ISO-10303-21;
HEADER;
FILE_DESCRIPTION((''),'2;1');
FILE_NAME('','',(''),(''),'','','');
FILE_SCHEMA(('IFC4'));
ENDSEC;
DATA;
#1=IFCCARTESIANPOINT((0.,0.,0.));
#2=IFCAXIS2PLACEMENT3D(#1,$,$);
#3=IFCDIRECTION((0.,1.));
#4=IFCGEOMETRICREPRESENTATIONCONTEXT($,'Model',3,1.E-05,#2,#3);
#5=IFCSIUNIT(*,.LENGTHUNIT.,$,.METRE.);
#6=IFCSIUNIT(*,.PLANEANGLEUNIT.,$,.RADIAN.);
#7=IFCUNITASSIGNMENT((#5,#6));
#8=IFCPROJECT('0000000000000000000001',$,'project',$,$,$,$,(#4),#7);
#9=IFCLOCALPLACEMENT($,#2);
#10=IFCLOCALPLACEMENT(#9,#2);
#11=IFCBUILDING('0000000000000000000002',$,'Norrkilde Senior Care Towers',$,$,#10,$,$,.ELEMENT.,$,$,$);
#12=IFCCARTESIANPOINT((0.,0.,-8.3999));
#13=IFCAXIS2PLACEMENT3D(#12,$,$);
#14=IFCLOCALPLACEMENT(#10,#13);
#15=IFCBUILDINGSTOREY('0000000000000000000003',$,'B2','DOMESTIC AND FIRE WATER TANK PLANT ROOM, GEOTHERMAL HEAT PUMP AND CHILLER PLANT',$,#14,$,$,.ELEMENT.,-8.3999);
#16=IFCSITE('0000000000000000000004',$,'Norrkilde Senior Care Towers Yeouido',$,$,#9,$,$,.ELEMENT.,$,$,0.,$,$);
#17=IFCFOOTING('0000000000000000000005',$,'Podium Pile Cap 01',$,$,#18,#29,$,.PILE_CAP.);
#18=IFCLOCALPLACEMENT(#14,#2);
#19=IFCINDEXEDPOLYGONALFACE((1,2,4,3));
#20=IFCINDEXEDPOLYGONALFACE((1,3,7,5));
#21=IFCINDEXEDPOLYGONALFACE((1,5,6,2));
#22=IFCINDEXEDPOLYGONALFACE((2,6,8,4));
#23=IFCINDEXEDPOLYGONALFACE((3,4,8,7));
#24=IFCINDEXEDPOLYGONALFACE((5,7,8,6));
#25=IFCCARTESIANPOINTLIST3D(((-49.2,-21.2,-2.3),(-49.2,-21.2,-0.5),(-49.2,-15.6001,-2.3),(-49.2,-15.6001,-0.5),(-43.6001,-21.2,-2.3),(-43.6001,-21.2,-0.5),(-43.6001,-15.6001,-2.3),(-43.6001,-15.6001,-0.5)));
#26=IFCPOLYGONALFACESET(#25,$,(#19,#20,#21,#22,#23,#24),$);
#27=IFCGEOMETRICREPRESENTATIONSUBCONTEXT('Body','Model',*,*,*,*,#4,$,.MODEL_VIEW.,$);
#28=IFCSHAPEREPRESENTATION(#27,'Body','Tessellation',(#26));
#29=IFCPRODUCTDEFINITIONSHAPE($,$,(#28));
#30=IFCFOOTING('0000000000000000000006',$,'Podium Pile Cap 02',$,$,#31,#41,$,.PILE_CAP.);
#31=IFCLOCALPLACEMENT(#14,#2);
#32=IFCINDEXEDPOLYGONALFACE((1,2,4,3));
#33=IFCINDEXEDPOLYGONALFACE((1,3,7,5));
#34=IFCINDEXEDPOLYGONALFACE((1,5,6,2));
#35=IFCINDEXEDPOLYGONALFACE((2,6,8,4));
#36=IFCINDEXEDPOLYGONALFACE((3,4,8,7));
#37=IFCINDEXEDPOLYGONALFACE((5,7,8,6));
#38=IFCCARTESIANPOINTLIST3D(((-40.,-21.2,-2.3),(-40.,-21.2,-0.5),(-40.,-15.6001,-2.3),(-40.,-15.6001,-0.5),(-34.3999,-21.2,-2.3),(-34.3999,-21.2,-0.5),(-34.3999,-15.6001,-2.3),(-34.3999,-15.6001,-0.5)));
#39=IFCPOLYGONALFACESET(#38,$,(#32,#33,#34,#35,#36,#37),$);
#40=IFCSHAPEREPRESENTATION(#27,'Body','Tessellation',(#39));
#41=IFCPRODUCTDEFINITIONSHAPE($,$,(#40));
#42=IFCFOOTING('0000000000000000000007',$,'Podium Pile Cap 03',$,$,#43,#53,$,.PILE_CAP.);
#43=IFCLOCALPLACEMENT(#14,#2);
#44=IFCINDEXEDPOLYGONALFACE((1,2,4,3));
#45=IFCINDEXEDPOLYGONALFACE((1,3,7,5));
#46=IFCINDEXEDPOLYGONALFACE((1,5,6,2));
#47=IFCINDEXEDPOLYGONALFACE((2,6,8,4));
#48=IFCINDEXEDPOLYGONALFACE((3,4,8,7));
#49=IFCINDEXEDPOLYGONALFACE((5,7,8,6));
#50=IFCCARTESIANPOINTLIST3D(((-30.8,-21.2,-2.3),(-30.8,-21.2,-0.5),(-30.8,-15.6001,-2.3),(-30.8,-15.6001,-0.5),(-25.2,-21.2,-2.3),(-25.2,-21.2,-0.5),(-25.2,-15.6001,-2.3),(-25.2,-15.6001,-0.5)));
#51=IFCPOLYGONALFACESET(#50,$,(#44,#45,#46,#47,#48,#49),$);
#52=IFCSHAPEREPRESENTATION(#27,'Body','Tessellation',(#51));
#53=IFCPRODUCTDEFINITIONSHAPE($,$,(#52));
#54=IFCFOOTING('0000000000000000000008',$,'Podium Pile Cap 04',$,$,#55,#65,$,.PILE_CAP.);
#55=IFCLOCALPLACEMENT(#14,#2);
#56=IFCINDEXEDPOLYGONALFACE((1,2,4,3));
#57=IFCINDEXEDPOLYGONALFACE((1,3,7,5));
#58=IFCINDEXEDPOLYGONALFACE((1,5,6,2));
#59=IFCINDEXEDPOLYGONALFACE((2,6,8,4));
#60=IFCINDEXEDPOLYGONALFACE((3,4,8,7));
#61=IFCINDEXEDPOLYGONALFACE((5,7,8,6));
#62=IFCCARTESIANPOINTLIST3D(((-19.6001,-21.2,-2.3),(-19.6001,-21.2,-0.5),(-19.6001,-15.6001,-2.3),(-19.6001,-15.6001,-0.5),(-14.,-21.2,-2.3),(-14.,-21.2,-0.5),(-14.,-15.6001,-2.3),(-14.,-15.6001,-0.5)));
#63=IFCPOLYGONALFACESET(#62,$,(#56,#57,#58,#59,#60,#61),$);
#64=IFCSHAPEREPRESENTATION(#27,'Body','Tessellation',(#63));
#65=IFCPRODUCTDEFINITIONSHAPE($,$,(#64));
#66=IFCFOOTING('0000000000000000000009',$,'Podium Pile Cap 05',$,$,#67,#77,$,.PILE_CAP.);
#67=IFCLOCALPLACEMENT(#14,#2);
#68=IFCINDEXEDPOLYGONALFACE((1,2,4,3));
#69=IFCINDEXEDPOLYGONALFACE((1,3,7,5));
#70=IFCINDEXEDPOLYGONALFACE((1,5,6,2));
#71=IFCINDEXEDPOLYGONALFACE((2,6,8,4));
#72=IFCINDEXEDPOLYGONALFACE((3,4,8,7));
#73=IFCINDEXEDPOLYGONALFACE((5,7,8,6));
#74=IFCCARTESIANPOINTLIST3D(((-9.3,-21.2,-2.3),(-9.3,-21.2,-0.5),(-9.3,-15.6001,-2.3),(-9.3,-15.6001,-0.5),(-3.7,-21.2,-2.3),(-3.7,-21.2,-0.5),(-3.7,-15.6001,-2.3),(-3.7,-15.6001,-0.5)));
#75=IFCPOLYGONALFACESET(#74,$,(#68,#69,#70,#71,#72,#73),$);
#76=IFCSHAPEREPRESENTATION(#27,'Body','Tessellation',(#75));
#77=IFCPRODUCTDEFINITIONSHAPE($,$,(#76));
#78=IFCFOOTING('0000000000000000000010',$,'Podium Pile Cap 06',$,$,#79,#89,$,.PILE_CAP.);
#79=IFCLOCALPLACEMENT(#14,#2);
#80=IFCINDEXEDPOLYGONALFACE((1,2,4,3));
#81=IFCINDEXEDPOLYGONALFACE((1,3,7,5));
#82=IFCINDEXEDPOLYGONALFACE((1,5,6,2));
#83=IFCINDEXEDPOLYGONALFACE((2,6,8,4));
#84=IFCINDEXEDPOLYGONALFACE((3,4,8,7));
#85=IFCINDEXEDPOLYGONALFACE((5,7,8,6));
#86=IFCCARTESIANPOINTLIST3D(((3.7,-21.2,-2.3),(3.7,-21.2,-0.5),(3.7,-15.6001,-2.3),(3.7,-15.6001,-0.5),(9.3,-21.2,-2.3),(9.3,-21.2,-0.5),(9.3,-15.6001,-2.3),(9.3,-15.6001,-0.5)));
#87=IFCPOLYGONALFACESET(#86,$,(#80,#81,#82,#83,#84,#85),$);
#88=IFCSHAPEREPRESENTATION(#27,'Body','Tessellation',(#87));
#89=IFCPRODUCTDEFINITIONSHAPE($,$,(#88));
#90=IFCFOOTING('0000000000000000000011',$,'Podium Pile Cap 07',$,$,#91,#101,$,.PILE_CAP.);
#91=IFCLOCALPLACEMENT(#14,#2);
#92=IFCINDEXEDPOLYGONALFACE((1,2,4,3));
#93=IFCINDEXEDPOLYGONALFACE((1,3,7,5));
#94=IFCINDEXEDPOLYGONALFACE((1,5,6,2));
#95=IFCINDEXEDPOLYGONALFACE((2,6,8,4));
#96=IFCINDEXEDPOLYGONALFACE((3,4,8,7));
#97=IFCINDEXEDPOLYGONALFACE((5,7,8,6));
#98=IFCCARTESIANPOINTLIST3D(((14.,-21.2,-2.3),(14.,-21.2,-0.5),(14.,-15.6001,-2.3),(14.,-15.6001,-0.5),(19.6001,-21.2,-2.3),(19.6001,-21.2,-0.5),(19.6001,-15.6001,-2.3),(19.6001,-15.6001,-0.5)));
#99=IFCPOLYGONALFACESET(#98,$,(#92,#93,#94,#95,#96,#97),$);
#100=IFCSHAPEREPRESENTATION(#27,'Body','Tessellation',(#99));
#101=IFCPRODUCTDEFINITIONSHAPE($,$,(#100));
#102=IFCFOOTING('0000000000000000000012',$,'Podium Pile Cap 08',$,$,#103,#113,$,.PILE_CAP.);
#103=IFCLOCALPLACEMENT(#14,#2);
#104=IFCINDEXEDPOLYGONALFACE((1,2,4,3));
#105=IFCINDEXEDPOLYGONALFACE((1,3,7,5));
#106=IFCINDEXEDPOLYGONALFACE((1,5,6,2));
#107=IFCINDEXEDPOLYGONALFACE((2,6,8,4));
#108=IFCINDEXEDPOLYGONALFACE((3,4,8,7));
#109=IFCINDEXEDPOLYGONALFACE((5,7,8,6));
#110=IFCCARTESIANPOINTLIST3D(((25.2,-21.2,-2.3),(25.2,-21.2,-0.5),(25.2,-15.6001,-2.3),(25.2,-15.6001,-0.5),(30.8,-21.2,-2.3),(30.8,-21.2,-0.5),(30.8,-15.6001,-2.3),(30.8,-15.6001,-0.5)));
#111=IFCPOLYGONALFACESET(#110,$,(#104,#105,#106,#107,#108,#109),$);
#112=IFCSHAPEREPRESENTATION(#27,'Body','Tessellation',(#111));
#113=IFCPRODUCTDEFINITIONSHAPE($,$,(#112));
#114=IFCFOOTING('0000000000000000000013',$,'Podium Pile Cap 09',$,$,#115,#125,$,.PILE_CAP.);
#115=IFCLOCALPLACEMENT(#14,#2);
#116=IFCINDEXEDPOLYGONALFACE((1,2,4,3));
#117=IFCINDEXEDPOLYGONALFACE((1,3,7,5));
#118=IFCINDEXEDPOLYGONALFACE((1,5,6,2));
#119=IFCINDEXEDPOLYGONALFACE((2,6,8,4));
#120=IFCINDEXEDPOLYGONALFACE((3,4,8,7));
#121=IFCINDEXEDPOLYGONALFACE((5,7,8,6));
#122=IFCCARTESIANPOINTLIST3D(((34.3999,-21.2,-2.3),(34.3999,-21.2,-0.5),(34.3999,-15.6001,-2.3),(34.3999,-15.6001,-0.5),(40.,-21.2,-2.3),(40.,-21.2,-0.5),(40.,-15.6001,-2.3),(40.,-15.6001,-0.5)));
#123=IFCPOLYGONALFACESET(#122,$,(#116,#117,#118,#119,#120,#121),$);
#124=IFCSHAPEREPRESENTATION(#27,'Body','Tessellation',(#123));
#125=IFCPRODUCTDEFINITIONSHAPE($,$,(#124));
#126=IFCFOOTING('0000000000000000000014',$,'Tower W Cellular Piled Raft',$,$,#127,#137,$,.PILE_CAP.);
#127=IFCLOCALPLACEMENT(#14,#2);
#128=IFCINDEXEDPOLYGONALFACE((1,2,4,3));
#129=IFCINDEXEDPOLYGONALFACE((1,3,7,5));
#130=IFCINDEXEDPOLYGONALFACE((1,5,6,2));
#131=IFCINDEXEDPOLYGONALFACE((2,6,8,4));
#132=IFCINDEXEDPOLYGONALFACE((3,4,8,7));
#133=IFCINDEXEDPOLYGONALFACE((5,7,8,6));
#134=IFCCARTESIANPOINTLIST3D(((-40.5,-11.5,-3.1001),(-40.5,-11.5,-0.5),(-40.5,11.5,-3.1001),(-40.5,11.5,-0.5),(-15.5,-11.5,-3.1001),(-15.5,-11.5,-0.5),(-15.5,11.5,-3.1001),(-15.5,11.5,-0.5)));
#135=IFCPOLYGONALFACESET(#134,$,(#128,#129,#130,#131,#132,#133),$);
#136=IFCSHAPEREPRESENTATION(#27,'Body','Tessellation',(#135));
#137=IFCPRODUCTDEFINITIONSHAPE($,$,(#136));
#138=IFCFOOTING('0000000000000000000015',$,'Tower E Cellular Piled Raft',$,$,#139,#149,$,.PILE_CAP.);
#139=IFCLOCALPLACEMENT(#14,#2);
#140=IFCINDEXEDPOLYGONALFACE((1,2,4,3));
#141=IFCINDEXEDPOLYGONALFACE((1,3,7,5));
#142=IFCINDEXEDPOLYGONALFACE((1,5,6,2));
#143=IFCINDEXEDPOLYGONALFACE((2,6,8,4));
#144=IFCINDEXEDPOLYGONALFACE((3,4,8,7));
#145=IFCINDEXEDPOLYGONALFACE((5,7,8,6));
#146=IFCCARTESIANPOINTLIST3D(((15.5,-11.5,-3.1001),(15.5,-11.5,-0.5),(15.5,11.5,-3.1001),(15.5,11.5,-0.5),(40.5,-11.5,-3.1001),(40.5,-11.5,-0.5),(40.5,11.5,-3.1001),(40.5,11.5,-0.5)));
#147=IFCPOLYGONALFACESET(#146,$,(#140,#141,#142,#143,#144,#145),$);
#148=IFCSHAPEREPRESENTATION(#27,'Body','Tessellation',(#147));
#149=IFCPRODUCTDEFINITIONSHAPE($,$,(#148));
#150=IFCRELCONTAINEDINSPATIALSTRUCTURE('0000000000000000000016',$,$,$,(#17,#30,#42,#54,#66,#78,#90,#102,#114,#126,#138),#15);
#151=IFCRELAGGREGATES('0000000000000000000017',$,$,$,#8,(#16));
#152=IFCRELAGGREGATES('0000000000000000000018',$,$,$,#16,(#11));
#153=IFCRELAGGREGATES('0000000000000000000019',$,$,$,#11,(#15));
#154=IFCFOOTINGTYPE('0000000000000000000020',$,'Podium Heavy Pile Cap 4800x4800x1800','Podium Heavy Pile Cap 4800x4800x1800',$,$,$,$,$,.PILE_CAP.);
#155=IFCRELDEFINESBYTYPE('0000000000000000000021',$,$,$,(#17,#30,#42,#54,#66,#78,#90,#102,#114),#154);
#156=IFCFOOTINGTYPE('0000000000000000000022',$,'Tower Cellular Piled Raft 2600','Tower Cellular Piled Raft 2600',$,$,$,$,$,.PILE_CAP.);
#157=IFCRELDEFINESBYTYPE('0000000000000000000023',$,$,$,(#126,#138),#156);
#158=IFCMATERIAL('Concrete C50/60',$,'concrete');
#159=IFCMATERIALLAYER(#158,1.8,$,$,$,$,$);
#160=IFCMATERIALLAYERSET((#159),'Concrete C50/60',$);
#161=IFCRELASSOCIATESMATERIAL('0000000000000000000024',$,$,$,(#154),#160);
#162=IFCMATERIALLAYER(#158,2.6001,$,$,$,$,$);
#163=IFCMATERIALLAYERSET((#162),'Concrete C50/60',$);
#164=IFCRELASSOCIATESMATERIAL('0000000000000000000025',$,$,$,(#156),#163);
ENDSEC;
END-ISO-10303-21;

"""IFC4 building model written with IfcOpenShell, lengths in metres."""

from ifc_helpers import new_model, si_unit, direction, frame, origin, place, context, subcontext, project, spatial, polyline, outline, extrude, material, layer, layer_set, type_object, element, save


model = new_model("IFC4")

# Units and contexts
model_context = context("Model", 3, precision=1e-05, world=origin(), true_north=direction((0.0, 1.0)))
body_context = subcontext(model_context, "Body", "Model", "MODEL_VIEW")
ifc_project = project(units=[si_unit("LENGTHUNIT", "METRE"), si_unit("PLANEANGLEUNIT", "RADIAN")], contexts=[model_context])

# Site, building, storey
site_placement = place(None, origin())
site = spatial("IfcSite", under=ifc_project, at=site_placement, Name="Norrkilde Senior Care Towers Yeouido", CompositionType="ELEMENT", RefElevation=0.0)
building_placement = place(site_placement, origin())
building = spatial("IfcBuilding", under=site, at=building_placement, Name="Norrkilde Senior Care Towers", CompositionType="ELEMENT")
storey_placement = place(building_placement, frame((0.0, 0.0, -8.3999)))
storey = spatial("IfcBuildingStorey", under=building, at=storey_placement, Name="B2", Description="DOMESTIC AND FIRE WATER TANK PLANT ROOM, GEOTHERMAL HEAT PUMP AND CHILLER PLANT", CompositionType="ELEMENT", Elevation=-8.3999)

# Footings
ifc_material_1 = material(Name="Concrete C50/60", Category="concrete")
ifc_layer_1 = layer(ifc_material_1, 1.8)
ifc_layer_set_1 = layer_set([ifc_layer_1], Name="Concrete C50/60")
footing_type_1 = type_object("IfcFootingType", Name="Podium Heavy Pile Cap 4800x4800x1800", Description="Podium Heavy Pile Cap 4800x4800x1800", PredefinedType="PILE_CAP", material=ifc_layer_set_1)
footing_1_placement = place(storey_placement, frame((0.0, 0.0, -2.3)))
element("IfcFooting", 1, at=footing_1_placement, inside=storey, type_object=footing_type_1, Name="Podium Pile Cap 01", PredefinedType="PILE_CAP", context=body_context, shape_type="SweptSolid", body=[
    extrude(outline(polyline([(-49.2, -21.2), (-43.6001, -21.2), (-43.6001, -15.6001), (-49.2, -15.6001), (-49.2, -21.2)])), origin(), (0.0, 0.0, 1.0), 1.8),
])
footing_2_placement = place(storey_placement, frame((0.0, 0.0, -2.3)))
element("IfcFooting", 2, at=footing_2_placement, inside=storey, type_object=footing_type_1, Name="Podium Pile Cap 02", PredefinedType="PILE_CAP", context=body_context, shape_type="SweptSolid", body=[
    extrude(outline(polyline([(-40.0, -21.2), (-34.3999, -21.2), (-34.3999, -15.6001), (-40.0, -15.6001), (-40.0, -21.2)])), origin(), (0.0, 0.0, 1.0), 1.8),
])
footing_3_placement = place(storey_placement, frame((0.0, 0.0, -2.3)))
element("IfcFooting", 3, at=footing_3_placement, inside=storey, type_object=footing_type_1, Name="Podium Pile Cap 03", PredefinedType="PILE_CAP", context=body_context, shape_type="SweptSolid", body=[
    extrude(outline(polyline([(-30.8, -21.2), (-25.2, -21.2), (-25.2, -15.6001), (-30.8, -15.6001), (-30.8, -21.2)])), origin(), (0.0, 0.0, 1.0), 1.8),
])
footing_4_placement = place(storey_placement, frame((0.0, 0.0, -2.3)))
element("IfcFooting", 4, at=footing_4_placement, inside=storey, type_object=footing_type_1, Name="Podium Pile Cap 04", PredefinedType="PILE_CAP", context=body_context, shape_type="SweptSolid", body=[
    extrude(outline(polyline([(-19.6001, -21.2), (-14.0, -21.2), (-14.0, -15.6001), (-19.6001, -15.6001), (-19.6001, -21.2)])), origin(), (0.0, 0.0, 1.0), 1.8),
])
footing_5_placement = place(storey_placement, frame((0.0, 0.0, -2.3)))
element("IfcFooting", 5, at=footing_5_placement, inside=storey, type_object=footing_type_1, Name="Podium Pile Cap 05", PredefinedType="PILE_CAP", context=body_context, shape_type="SweptSolid", body=[
    extrude(outline(polyline([(-9.3, -21.2), (-3.7, -21.2), (-3.7, -15.6001), (-9.3, -15.6001), (-9.3, -21.2)])), origin(), (0.0, 0.0, 1.0), 1.8),
])
footing_6_placement = place(storey_placement, frame((0.0, 0.0, -2.3)))
element("IfcFooting", 6, at=footing_6_placement, inside=storey, type_object=footing_type_1, Name="Podium Pile Cap 06", PredefinedType="PILE_CAP", context=body_context, shape_type="SweptSolid", body=[
    extrude(outline(polyline([(3.7, -21.2), (9.3, -21.2), (9.3, -15.6001), (3.7, -15.6001), (3.7, -21.2)])), origin(), (0.0, 0.0, 1.0), 1.8),
])
footing_7_placement = place(storey_placement, frame((0.0, 0.0, -2.3)))
element("IfcFooting", 7, at=footing_7_placement, inside=storey, type_object=footing_type_1, Name="Podium Pile Cap 07", PredefinedType="PILE_CAP", context=body_context, shape_type="SweptSolid", body=[
    extrude(outline(polyline([(14.0, -21.2), (19.6001, -21.2), (19.6001, -15.6001), (14.0, -15.6001), (14.0, -21.2)])), origin(), (0.0, 0.0, 1.0), 1.8),
])
footing_8_placement = place(storey_placement, frame((0.0, 0.0, -2.3)))
element("IfcFooting", 8, at=footing_8_placement, inside=storey, type_object=footing_type_1, Name="Podium Pile Cap 08", PredefinedType="PILE_CAP", context=body_context, shape_type="SweptSolid", body=[
    extrude(outline(polyline([(25.2, -21.2), (30.8, -21.2), (30.8, -15.6001), (25.2, -15.6001), (25.2, -21.2)])), origin(), (0.0, 0.0, 1.0), 1.8),
])
footing_9_placement = place(storey_placement, frame((0.0, 0.0, -2.3)))
element("IfcFooting", 9, at=footing_9_placement, inside=storey, type_object=footing_type_1, Name="Podium Pile Cap 09", PredefinedType="PILE_CAP", context=body_context, shape_type="SweptSolid", body=[
    extrude(outline(polyline([(34.3999, -21.2), (40.0, -21.2), (40.0, -15.6001), (34.3999, -15.6001), (34.3999, -21.2)])), origin(), (0.0, 0.0, 1.0), 1.8),
])
ifc_layer_2 = layer(ifc_material_1, 2.6001)
ifc_layer_set_2 = layer_set([ifc_layer_2], Name="Concrete C50/60")
footing_type_2 = type_object("IfcFootingType", Name="Tower Cellular Piled Raft 2600", Description="Tower Cellular Piled Raft 2600", PredefinedType="PILE_CAP", material=ifc_layer_set_2)
footing_10_placement = place(storey_placement, frame((0.0, 0.0, -3.1001)))
element("IfcFooting", 10, at=footing_10_placement, inside=storey, type_object=footing_type_2, Name="Tower W Cellular Piled Raft", PredefinedType="PILE_CAP", context=body_context, shape_type="SweptSolid", body=[
    extrude(outline(polyline([(-40.5, -11.5), (-15.5, -11.5), (-15.5, 11.5), (-40.5, 11.5), (-40.5, -11.5)])), origin(), (0.0, 0.0, 1.0), 2.6001),
])
footing_11_placement = place(storey_placement, frame((0.0, 0.0, -3.1001)))
element("IfcFooting", 11, at=footing_11_placement, inside=storey, type_object=footing_type_2, Name="Tower E Cellular Piled Raft", PredefinedType="PILE_CAP", context=body_context, shape_type="SweptSolid", body=[
    extrude(outline(polyline([(15.5, -11.5), (40.5, -11.5), (40.5, 11.5), (15.5, 11.5), (15.5, -11.5)])), origin(), (0.0, 0.0, 1.0), 2.6001),
])

save(model, "model.ifc")
